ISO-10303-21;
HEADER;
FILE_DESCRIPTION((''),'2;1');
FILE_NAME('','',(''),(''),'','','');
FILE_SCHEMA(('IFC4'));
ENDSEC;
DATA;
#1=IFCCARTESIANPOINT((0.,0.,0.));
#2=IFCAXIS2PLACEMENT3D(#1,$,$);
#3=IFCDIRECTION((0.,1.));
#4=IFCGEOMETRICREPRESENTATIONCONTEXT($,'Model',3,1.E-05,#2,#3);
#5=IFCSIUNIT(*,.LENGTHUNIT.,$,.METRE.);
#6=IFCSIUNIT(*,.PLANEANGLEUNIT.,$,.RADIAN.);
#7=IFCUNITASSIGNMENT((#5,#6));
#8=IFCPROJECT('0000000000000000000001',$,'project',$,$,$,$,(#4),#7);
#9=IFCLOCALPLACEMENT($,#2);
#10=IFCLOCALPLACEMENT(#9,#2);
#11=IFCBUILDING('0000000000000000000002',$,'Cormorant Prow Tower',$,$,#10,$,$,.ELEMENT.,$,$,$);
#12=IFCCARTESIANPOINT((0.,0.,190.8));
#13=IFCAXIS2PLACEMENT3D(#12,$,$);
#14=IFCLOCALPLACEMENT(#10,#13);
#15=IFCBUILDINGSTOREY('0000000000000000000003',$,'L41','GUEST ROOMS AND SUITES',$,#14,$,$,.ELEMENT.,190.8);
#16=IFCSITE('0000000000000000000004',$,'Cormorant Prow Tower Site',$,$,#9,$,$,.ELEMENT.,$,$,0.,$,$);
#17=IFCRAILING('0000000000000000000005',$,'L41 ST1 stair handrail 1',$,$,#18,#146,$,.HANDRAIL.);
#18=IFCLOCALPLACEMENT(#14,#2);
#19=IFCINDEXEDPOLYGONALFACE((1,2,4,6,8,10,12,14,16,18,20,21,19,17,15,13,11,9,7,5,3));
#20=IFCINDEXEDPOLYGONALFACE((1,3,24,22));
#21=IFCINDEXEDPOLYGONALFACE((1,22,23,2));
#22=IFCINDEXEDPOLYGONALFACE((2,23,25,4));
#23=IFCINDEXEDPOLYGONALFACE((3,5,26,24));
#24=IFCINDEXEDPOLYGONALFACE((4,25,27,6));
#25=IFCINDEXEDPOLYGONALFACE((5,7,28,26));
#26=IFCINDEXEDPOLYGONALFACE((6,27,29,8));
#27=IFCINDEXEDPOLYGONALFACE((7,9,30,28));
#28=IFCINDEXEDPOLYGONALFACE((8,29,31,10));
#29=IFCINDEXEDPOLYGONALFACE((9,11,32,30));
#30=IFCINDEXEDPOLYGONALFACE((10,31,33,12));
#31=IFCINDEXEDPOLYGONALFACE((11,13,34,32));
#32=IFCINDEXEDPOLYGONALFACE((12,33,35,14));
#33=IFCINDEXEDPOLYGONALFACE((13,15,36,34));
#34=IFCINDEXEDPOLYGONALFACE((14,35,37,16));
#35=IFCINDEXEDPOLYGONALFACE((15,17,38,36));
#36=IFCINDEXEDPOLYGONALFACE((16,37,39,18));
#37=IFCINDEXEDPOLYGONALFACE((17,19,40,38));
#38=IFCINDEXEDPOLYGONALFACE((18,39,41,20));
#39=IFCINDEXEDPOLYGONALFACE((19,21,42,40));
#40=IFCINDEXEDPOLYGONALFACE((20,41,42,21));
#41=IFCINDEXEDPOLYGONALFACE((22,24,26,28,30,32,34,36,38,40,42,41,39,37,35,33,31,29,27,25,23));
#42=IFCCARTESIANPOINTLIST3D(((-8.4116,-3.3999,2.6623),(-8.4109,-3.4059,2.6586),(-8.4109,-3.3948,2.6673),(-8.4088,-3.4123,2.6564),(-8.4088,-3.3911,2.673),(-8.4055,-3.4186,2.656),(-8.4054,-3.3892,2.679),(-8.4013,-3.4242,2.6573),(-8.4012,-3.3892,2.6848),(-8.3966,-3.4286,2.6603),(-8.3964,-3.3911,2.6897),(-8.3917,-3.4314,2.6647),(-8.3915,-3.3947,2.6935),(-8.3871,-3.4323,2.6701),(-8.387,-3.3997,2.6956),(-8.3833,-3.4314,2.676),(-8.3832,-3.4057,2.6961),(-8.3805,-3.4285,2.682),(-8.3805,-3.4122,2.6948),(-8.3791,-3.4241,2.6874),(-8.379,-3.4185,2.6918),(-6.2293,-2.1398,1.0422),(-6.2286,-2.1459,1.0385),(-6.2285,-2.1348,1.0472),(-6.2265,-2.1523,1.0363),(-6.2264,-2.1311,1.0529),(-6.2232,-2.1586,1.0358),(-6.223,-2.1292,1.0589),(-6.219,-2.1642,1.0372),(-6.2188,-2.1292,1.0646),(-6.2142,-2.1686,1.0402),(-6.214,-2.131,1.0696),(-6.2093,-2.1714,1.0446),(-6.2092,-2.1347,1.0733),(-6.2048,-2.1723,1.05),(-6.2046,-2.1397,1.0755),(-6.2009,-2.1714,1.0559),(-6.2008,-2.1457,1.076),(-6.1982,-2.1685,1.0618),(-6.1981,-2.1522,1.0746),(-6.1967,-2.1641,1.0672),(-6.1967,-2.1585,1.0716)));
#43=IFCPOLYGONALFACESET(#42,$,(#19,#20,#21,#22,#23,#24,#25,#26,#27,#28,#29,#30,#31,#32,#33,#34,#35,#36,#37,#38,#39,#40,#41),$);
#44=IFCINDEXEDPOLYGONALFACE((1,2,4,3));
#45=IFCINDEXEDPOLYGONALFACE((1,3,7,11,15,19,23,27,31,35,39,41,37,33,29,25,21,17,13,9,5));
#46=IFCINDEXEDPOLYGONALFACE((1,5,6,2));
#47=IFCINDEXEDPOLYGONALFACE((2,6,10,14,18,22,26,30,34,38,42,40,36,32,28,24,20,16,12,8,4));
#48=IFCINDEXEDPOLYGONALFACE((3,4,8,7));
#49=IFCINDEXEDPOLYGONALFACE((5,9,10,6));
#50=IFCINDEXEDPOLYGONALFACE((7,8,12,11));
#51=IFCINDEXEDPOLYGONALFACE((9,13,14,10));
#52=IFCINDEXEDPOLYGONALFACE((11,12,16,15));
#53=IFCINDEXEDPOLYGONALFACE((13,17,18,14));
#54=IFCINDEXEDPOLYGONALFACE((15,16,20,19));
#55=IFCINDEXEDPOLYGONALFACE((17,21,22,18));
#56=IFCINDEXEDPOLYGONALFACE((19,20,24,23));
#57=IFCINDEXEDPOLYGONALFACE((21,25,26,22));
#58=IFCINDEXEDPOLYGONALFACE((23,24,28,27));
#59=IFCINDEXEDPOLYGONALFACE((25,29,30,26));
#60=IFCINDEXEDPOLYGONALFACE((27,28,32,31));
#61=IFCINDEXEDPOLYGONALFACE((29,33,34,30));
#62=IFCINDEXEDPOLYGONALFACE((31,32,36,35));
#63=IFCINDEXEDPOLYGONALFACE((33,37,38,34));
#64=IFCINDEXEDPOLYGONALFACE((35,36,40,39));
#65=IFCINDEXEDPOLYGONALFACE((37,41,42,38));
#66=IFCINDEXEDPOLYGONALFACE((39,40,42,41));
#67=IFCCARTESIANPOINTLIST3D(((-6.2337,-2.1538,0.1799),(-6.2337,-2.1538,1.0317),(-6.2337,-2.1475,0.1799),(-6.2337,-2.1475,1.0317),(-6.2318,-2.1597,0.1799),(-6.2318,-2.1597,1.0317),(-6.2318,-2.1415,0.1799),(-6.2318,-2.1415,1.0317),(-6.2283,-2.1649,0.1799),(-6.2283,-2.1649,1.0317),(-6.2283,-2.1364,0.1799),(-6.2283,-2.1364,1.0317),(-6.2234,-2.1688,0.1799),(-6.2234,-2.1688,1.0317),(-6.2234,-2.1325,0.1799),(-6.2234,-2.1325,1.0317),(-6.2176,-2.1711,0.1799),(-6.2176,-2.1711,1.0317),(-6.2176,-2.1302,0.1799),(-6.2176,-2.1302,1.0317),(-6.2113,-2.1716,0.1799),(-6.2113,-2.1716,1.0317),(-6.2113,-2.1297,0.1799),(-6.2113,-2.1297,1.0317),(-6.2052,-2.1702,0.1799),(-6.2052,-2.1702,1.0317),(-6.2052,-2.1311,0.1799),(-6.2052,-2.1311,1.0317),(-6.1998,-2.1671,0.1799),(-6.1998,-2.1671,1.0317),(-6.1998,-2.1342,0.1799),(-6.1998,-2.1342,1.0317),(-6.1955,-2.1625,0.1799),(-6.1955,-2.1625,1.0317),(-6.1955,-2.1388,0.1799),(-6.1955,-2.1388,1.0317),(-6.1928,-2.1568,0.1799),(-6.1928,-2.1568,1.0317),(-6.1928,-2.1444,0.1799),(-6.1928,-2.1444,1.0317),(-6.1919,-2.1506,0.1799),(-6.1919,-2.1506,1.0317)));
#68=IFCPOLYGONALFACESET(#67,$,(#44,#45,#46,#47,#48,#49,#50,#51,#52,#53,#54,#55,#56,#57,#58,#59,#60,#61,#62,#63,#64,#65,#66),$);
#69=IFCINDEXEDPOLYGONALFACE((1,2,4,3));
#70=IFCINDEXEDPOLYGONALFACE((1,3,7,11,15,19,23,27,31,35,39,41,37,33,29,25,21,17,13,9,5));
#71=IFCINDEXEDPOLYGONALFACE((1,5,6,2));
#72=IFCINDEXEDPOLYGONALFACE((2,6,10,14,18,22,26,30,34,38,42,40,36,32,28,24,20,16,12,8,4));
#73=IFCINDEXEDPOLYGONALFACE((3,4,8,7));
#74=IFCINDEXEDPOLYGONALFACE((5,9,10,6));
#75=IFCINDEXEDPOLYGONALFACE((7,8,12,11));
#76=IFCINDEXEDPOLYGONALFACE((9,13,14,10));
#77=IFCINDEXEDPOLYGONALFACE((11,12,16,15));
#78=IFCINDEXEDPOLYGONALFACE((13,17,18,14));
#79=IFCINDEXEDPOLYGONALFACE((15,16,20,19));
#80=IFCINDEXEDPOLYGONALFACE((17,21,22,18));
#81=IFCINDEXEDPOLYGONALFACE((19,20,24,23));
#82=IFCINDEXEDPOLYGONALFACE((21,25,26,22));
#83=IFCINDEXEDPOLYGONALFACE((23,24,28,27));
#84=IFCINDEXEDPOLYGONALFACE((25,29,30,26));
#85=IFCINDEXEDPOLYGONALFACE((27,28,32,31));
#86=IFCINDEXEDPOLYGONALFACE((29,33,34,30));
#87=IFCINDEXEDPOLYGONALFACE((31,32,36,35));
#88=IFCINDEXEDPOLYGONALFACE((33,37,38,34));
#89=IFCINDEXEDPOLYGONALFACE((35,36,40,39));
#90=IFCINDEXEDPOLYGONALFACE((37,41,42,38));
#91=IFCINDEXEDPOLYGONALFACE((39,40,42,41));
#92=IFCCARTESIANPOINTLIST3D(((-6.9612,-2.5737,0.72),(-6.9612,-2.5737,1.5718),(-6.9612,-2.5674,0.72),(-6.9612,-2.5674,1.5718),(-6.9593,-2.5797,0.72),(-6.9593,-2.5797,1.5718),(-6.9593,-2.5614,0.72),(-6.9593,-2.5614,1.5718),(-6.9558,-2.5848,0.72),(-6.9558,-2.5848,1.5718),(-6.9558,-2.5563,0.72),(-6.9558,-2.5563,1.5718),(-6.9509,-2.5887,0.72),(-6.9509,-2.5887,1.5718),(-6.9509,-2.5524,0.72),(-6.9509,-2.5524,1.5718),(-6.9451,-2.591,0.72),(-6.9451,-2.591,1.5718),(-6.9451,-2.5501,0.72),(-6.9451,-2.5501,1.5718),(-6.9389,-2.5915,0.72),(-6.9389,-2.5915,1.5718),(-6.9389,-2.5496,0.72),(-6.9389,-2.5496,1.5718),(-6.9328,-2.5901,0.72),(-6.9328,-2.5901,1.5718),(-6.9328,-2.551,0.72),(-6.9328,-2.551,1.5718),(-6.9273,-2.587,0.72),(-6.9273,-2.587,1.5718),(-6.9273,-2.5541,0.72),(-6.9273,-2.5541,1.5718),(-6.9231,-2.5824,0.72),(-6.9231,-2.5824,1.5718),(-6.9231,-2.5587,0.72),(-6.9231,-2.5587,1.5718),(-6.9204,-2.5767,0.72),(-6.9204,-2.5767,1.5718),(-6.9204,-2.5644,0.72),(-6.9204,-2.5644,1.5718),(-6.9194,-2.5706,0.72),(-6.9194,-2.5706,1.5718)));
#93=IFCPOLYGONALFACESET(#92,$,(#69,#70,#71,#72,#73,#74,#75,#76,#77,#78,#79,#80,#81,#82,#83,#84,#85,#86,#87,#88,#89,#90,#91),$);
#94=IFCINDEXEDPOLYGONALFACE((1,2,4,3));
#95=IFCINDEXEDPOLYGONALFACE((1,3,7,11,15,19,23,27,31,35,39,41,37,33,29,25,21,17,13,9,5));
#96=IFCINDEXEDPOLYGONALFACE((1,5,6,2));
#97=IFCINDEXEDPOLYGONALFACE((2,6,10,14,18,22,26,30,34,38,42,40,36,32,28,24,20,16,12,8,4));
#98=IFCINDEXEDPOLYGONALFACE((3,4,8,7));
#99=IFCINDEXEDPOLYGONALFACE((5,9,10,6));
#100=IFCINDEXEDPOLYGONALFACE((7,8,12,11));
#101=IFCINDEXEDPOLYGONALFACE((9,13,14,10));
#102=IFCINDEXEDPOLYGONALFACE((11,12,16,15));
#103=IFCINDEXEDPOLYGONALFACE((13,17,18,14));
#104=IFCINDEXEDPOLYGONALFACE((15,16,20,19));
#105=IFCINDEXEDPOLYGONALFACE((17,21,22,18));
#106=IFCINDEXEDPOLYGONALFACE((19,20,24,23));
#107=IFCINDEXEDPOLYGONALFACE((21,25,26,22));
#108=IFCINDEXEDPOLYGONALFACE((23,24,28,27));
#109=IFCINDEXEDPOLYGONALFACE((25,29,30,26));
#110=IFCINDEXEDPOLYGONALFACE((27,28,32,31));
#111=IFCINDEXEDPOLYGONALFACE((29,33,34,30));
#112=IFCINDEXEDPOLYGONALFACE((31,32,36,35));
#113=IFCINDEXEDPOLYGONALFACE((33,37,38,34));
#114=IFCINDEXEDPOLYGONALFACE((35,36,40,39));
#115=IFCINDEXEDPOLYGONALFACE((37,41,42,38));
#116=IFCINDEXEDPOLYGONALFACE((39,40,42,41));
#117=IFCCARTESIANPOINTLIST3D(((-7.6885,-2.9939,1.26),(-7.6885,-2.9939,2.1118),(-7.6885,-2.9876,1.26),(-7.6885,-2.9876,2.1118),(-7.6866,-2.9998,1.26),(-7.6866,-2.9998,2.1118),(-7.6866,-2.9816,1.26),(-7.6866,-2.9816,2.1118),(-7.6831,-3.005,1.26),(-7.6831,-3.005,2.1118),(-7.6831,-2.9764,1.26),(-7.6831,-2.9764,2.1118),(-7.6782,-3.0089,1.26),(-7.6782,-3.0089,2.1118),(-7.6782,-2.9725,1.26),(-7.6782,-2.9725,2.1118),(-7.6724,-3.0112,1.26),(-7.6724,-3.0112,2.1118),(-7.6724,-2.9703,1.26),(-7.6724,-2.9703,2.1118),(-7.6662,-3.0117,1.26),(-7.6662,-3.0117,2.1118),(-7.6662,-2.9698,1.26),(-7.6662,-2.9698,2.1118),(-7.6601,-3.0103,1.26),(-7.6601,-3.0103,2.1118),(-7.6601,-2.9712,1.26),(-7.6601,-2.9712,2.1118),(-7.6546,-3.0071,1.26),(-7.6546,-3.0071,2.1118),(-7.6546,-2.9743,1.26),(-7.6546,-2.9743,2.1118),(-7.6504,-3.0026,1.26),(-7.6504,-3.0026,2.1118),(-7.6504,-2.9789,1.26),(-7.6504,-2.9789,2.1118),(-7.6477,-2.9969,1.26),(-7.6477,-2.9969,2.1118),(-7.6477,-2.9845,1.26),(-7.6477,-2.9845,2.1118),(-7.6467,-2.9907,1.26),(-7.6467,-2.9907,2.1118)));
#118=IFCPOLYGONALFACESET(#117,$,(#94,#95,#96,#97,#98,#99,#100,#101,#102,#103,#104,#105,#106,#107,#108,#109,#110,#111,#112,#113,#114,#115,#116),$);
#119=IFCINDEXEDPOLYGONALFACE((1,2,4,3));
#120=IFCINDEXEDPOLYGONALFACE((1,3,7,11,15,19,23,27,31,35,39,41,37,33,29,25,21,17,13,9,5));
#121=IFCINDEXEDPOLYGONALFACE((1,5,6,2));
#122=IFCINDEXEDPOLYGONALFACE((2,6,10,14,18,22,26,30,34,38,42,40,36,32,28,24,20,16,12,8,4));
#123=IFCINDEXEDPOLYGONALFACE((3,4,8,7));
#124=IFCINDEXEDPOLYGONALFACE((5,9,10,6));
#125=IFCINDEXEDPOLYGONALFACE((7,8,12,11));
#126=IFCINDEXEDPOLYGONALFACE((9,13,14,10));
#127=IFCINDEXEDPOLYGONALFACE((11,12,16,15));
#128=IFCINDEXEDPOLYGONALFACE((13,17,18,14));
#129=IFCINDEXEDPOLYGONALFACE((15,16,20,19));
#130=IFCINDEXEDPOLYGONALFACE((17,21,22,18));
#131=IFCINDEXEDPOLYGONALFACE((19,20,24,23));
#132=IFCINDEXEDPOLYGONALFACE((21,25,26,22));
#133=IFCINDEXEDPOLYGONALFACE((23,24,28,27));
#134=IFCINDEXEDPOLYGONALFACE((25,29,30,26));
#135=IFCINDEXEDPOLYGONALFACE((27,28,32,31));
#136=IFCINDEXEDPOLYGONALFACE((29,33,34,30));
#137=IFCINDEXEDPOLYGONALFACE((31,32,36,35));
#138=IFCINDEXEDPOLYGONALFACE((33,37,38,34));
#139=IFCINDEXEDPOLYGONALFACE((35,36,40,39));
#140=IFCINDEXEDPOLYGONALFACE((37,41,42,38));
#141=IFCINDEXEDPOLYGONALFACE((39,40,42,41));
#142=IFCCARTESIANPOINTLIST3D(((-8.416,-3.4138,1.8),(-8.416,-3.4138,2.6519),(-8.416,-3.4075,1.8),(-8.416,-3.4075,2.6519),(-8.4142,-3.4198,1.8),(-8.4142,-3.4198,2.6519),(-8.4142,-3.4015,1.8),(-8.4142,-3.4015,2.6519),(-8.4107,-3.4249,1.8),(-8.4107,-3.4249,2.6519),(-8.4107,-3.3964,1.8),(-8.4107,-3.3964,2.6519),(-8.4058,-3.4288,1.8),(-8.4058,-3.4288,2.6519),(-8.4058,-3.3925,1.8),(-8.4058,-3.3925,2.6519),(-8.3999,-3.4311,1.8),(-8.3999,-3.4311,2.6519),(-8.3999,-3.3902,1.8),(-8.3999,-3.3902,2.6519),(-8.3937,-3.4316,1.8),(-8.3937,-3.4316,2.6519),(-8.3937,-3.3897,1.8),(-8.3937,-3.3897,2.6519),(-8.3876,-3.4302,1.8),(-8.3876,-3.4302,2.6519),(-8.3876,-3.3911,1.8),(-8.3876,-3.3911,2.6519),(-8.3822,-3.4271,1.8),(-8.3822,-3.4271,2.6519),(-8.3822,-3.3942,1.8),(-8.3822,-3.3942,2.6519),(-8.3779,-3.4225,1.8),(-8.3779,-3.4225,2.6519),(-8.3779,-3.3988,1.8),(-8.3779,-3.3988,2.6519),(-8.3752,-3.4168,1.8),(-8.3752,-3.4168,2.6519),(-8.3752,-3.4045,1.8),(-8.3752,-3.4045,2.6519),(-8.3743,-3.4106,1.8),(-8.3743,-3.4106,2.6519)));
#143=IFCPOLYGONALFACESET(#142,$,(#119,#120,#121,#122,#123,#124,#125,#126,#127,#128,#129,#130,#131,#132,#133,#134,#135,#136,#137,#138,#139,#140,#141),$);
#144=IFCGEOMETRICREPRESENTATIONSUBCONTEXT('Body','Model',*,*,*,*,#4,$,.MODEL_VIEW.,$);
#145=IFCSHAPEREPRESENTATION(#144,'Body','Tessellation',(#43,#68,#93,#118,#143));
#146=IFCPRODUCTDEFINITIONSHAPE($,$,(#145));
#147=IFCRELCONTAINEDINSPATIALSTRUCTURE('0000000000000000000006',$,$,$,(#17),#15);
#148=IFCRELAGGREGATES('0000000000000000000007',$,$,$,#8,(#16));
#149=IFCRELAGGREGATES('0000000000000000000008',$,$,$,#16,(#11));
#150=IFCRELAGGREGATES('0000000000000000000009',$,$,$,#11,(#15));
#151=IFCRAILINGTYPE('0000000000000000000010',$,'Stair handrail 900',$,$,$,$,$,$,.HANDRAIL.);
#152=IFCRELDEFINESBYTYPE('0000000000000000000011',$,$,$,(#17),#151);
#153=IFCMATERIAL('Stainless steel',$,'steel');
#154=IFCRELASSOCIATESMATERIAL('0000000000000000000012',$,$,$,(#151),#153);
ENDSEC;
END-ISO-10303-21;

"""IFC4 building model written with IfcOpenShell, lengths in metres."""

from ifc_helpers import new_model, si_unit, direction, frame, origin, origin_2d, place, context, subcontext, project, spatial, circle, extrude, material, type_object, element, save


model = new_model("IFC4")

# Units and contexts
model_context = context("Model", 3, precision=1e-05, world=origin(), true_north=direction((0.0, 1.0)))
body_context = subcontext(model_context, "Body", "Model", "MODEL_VIEW")
ifc_project = project(units=[si_unit("LENGTHUNIT", "METRE"), si_unit("PLANEANGLEUNIT", "RADIAN")], contexts=[model_context])

# Site, building, storey
site_placement = place(None, origin())
site = spatial("IfcSite", under=ifc_project, at=site_placement, Name="Cormorant Prow Tower Site", CompositionType="ELEMENT", RefElevation=0.0)
building_placement = place(site_placement, origin())
building = spatial("IfcBuilding", under=site, at=building_placement, Name="Cormorant Prow Tower", CompositionType="ELEMENT")
storey_placement = place(building_placement, frame((0.0, 0.0, 190.8)))
storey = spatial("IfcBuildingStorey", under=building, at=storey_placement, Name="L41", Description="GUEST ROOMS AND SUITES", CompositionType="ELEMENT", Elevation=190.8)

# Railing
ifc_material_1 = material(Name="Stainless steel", Category="steel")
railing_type_1 = type_object("IfcRailingType", Name="Stair handrail 900", PredefinedType="HANDRAIL", material=ifc_material_1)
railing_1_placement = place(storey_placement, frame((-6.2129, -2.1506, 0.1799)))
element("IfcRailing", 1, at=railing_1_placement, inside=storey, type_object=railing_type_1, Name="L41 ST1 stair handrail 1", PredefinedType="HANDRAIL", context=body_context, shape_type="SweptSolid", body=[
    extrude(circle(Radius=0.0239, at=origin_2d()), frame((0.0, 0.0, 0.876), z_axis=(-0.728464, -0.420584, 0.540786), x_axis=(0.500005, -0.866023, 0.0)), (0.0, 0.0, 1.0), 2.9958),
    extrude(circle(Radius=0.021, at=origin_2d()), origin(), (0.0, 0.0, 1.0), 0.8518),
    extrude(circle(Radius=0.021, at=origin_2d()), frame((-0.7275, -0.4199, 0.54)), (0.0, 0.0, 1.0), 0.8518),
    extrude(circle(Radius=0.021, at=origin_2d()), frame((-1.4548, -0.8401, 1.0801)), (0.0, 0.0, 1.0), 0.8518),
    extrude(circle(Radius=0.021, at=origin_2d()), frame((-2.1824, -1.26, 1.6201)), (0.0, 0.0, 1.0), 0.8518),
])

save(model, "model.ifc")
